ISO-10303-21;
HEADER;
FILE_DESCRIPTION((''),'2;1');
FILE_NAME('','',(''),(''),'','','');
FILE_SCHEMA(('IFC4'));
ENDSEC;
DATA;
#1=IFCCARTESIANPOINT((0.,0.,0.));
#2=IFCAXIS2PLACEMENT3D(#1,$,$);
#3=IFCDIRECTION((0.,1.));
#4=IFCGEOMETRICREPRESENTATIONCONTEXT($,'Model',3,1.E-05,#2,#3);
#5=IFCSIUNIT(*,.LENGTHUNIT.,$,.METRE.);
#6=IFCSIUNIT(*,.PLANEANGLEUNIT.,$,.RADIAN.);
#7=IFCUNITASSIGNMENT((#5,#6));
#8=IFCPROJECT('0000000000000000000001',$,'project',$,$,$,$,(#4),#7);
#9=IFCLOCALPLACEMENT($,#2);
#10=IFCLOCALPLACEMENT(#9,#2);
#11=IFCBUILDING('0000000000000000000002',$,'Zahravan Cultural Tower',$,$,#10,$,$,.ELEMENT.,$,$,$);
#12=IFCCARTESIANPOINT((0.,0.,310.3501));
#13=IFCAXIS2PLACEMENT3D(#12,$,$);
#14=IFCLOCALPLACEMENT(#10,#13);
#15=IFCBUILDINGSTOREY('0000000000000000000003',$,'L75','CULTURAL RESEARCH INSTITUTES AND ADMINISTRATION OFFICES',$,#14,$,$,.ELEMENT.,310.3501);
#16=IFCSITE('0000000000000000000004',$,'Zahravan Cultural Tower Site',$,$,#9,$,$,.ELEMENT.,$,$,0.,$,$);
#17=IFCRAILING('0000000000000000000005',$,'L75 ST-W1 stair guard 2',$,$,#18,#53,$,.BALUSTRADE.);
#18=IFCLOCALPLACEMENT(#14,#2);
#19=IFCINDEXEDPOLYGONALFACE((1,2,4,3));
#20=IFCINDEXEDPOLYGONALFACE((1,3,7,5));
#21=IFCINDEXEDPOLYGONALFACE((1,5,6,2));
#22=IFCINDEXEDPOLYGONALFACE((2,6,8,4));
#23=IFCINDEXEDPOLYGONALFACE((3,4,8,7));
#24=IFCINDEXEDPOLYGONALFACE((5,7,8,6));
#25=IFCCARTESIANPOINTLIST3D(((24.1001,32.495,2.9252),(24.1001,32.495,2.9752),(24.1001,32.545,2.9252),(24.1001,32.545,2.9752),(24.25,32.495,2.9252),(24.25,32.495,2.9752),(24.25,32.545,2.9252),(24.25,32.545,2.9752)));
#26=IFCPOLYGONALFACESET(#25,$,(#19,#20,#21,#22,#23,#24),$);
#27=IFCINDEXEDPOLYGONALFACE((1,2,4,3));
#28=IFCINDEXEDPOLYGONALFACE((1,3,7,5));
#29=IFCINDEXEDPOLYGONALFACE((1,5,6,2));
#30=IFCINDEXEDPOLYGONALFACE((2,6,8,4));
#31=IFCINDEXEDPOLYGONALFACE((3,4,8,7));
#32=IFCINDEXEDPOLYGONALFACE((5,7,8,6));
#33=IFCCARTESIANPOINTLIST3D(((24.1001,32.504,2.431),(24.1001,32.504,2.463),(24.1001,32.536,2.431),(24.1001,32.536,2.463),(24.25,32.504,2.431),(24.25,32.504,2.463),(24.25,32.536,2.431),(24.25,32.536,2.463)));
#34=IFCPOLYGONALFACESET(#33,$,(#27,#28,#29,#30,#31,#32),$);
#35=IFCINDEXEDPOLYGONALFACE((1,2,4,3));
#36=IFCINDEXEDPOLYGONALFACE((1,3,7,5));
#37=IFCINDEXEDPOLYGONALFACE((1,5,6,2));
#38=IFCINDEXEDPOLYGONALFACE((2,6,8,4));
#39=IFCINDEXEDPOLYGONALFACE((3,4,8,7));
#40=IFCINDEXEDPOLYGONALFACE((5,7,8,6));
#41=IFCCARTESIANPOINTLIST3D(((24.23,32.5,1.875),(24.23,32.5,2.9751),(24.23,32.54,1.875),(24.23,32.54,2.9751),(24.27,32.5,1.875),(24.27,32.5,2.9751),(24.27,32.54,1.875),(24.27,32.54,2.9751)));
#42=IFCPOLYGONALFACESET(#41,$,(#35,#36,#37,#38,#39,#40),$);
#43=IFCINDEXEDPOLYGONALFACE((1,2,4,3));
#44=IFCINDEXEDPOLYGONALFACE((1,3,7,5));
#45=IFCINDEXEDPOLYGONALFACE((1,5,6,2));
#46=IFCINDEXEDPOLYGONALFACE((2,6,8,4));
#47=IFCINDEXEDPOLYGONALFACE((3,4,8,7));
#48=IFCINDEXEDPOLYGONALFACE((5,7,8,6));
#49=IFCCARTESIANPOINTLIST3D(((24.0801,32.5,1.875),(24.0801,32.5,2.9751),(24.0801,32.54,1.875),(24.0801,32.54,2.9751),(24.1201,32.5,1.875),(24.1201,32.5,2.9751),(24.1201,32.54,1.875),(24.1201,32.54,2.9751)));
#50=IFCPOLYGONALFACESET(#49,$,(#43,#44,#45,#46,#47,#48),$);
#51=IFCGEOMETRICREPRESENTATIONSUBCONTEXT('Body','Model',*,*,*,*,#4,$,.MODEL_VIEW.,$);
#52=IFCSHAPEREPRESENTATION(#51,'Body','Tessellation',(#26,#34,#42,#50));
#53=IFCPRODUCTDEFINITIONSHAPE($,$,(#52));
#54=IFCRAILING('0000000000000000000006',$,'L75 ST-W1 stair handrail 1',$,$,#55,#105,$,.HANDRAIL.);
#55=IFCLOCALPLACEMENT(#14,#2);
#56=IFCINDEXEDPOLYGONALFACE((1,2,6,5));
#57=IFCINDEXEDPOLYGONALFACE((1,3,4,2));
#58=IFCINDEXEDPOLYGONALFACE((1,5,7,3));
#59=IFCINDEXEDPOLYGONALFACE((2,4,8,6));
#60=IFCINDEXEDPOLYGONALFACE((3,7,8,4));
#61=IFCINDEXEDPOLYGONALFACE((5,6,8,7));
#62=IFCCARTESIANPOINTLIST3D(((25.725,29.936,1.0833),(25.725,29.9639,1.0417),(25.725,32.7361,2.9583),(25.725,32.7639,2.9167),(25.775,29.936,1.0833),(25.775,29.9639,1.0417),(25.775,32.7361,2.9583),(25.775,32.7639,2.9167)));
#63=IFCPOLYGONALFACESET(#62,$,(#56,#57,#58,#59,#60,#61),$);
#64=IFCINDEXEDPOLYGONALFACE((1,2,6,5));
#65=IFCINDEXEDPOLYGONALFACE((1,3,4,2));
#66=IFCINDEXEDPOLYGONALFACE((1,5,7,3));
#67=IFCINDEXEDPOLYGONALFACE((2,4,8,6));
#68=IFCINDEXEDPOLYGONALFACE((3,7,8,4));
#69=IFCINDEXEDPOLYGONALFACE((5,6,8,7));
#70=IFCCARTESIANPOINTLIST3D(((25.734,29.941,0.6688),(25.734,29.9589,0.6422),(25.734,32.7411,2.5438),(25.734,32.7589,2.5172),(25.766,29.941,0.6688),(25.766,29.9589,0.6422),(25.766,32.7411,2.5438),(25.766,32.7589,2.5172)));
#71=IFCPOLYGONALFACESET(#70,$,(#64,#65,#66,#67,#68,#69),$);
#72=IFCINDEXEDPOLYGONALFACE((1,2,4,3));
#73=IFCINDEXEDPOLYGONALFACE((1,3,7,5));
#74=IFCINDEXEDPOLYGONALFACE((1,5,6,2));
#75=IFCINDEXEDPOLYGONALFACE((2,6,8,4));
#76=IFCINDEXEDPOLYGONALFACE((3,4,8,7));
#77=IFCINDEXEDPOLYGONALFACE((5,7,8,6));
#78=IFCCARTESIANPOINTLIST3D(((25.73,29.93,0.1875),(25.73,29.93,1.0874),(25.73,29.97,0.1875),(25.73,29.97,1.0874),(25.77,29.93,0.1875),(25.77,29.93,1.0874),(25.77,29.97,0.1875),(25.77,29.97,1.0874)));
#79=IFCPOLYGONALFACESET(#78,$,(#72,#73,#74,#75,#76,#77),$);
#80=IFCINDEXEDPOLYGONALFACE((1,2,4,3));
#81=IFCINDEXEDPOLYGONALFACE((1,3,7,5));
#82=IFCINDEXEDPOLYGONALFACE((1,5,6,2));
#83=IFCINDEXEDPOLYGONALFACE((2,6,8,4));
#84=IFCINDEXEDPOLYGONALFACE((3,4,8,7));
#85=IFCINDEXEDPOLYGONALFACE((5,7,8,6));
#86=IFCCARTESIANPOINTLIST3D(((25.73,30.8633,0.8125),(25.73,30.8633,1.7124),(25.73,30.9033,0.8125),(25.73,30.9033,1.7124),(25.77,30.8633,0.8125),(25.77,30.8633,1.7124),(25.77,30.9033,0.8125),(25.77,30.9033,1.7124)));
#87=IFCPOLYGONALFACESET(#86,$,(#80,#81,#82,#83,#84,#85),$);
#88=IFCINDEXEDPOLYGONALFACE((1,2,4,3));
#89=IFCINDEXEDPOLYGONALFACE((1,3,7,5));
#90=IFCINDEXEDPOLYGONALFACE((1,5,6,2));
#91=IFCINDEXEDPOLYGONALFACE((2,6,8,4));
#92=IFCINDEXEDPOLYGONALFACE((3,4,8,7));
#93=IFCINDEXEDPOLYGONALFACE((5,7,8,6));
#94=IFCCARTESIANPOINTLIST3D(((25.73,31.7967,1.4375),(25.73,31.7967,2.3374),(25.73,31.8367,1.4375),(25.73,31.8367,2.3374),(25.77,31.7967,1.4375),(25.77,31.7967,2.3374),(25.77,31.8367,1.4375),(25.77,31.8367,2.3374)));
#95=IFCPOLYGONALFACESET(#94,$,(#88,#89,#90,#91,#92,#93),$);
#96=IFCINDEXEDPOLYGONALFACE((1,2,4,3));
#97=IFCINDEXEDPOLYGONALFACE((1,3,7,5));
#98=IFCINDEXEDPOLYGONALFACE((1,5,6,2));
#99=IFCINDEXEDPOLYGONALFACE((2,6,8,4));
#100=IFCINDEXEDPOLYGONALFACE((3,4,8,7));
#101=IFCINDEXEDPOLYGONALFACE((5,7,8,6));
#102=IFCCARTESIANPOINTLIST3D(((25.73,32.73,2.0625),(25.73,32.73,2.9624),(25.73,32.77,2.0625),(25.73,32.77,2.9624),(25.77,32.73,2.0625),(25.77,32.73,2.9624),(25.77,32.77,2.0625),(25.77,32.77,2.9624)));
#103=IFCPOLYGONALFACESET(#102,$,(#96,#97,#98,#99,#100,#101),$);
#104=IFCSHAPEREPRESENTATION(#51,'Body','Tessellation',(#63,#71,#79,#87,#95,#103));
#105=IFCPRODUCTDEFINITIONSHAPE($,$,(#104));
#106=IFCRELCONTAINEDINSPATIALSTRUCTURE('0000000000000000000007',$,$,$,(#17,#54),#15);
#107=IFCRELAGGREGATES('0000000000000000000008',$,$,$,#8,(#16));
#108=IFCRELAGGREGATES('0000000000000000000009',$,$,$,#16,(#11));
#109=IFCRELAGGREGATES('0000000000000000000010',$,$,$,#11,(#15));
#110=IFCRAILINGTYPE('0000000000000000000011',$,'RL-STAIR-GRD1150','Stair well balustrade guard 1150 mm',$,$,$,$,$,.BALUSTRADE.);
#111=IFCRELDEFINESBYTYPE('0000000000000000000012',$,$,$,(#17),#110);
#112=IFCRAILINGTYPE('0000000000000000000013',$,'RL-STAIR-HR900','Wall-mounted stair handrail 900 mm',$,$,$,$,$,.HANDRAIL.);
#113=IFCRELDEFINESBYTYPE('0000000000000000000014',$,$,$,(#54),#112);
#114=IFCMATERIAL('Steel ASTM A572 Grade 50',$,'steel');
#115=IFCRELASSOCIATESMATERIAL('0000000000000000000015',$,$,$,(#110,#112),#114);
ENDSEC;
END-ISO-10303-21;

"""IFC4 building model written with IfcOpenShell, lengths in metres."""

from ifc_helpers import new_model, si_unit, direction, frame, origin, origin_2d, place, context, subcontext, project, spatial, rectangle, extrude, material, type_object, element, save


model = new_model("IFC4")

# Units and contexts
model_context = context("Model", 3, precision=1e-05, world=origin(), true_north=direction((0.0, 1.0)))
body_context = subcontext(model_context, "Body", "Model", "MODEL_VIEW")
ifc_project = project(units=[si_unit("LENGTHUNIT", "METRE"), si_unit("PLANEANGLEUNIT", "RADIAN")], contexts=[model_context])

# Site, building, storey
site_placement = place(None, origin())
site = spatial("IfcSite", under=ifc_project, at=site_placement, Name="Zahravan Cultural Tower Site", CompositionType="ELEMENT", RefElevation=0.0)
building_placement = place(site_placement, origin())
building = spatial("IfcBuilding", under=site, at=building_placement, Name="Zahravan Cultural Tower", CompositionType="ELEMENT")
storey_placement = place(building_placement, frame((0.0, 0.0, 310.3501)))
storey = spatial("IfcBuildingStorey", under=building, at=storey_placement, Name="L75", Description="CULTURAL RESEARCH INSTITUTES AND ADMINISTRATION OFFICES", CompositionType="ELEMENT", Elevation=310.3501)

# Shared definitions
ifc_material_1 = material(Name="Steel ASTM A572 Grade 50", Category="steel")

# Railings
railing_type_1 = type_object("IfcRailingType", Name="RL-STAIR-GRD1150", Description="Stair well balustrade guard 1150 mm", PredefinedType="BALUSTRADE", material=ifc_material_1)
railing_1_placement = place(storey_placement, frame((24.25, 32.52, 1.875)))
element("IfcRailing", 1, at=railing_1_placement, inside=storey, type_object=railing_type_1, Name="L75 ST-W1 stair guard 2", PredefinedType="BALUSTRADE", context=body_context, shape_type="SweptSolid", body=[
    extrude(rectangle(XDim=0.05, YDim=0.05, at=origin_2d()), frame((0.0, 0.0, 1.0752), z_axis=(-1.0, 0.0, 0.0), x_axis=(0.0, -1.0, 0.0)), (0.0, 0.0, 1.0), 0.1499),
    extrude(rectangle(XDim=0.032, YDim=0.032, at=origin_2d()), frame((0.0, 0.0, 0.572), z_axis=(-1.0, 0.0, 0.0), x_axis=(0.0, -1.0, 0.0)), (0.0, 0.0, 1.0), 0.1499),
    extrude(rectangle(XDim=0.04, YDim=0.04, at=origin_2d()), origin(), (0.0, 0.0, 1.0), 1.1001),
    extrude(rectangle(XDim=0.04, YDim=0.04, at=origin_2d()), frame((-0.1499, 0.0, 0.0)), (0.0, 0.0, 1.0), 1.1001),
])
railing_type_2 = type_object("IfcRailingType", Name="RL-STAIR-HR900", Description="Wall-mounted stair handrail 900 mm", PredefinedType="HANDRAIL", material=ifc_material_1)
railing_2_placement = place(storey_placement, frame((25.75, 29.95, 0.1875)))
element("IfcRailing", 2, at=railing_2_placement, inside=storey, type_object=railing_type_2, Name="L75 ST-W1 stair handrail 1", PredefinedType="HANDRAIL", context=body_context, shape_type="SweptSolid", body=[
    extrude(rectangle(XDim=0.05, YDim=0.05, at=origin_2d()), frame((0.0, 0.0, 0.875), z_axis=(0.0, 0.830912, 0.556404), x_axis=(-1.0, 0.0, 0.0)), (0.0, 0.0, 1.0), 3.3699),
    extrude(rectangle(XDim=0.032, YDim=0.032, at=origin_2d()), frame((0.0, 0.0, 0.468), z_axis=(0.0, 0.830912, 0.556404), x_axis=(-1.0, 0.0, 0.0)), (0.0, 0.0, 1.0), 3.3699),
    extrude(rectangle(XDim=0.04, YDim=0.04, at=origin_2d()), origin(), (0.0, 0.0, 1.0), 0.8999),
    extrude(rectangle(XDim=0.04, YDim=0.04, at=origin_2d()), frame((0.0, 0.9333, 0.625)), (0.0, 0.0, 1.0), 0.8999),
    extrude(rectangle(XDim=0.04, YDim=0.04, at=origin_2d()), frame((0.0, 1.8667, 1.25)), (0.0, 0.0, 1.0), 0.8999),
    extrude(rectangle(XDim=0.04, YDim=0.04, at=origin_2d()), frame((0.0, 2.8, 1.875)), (0.0, 0.0, 1.0), 0.8999),
])

save(model, "model.ifc")
